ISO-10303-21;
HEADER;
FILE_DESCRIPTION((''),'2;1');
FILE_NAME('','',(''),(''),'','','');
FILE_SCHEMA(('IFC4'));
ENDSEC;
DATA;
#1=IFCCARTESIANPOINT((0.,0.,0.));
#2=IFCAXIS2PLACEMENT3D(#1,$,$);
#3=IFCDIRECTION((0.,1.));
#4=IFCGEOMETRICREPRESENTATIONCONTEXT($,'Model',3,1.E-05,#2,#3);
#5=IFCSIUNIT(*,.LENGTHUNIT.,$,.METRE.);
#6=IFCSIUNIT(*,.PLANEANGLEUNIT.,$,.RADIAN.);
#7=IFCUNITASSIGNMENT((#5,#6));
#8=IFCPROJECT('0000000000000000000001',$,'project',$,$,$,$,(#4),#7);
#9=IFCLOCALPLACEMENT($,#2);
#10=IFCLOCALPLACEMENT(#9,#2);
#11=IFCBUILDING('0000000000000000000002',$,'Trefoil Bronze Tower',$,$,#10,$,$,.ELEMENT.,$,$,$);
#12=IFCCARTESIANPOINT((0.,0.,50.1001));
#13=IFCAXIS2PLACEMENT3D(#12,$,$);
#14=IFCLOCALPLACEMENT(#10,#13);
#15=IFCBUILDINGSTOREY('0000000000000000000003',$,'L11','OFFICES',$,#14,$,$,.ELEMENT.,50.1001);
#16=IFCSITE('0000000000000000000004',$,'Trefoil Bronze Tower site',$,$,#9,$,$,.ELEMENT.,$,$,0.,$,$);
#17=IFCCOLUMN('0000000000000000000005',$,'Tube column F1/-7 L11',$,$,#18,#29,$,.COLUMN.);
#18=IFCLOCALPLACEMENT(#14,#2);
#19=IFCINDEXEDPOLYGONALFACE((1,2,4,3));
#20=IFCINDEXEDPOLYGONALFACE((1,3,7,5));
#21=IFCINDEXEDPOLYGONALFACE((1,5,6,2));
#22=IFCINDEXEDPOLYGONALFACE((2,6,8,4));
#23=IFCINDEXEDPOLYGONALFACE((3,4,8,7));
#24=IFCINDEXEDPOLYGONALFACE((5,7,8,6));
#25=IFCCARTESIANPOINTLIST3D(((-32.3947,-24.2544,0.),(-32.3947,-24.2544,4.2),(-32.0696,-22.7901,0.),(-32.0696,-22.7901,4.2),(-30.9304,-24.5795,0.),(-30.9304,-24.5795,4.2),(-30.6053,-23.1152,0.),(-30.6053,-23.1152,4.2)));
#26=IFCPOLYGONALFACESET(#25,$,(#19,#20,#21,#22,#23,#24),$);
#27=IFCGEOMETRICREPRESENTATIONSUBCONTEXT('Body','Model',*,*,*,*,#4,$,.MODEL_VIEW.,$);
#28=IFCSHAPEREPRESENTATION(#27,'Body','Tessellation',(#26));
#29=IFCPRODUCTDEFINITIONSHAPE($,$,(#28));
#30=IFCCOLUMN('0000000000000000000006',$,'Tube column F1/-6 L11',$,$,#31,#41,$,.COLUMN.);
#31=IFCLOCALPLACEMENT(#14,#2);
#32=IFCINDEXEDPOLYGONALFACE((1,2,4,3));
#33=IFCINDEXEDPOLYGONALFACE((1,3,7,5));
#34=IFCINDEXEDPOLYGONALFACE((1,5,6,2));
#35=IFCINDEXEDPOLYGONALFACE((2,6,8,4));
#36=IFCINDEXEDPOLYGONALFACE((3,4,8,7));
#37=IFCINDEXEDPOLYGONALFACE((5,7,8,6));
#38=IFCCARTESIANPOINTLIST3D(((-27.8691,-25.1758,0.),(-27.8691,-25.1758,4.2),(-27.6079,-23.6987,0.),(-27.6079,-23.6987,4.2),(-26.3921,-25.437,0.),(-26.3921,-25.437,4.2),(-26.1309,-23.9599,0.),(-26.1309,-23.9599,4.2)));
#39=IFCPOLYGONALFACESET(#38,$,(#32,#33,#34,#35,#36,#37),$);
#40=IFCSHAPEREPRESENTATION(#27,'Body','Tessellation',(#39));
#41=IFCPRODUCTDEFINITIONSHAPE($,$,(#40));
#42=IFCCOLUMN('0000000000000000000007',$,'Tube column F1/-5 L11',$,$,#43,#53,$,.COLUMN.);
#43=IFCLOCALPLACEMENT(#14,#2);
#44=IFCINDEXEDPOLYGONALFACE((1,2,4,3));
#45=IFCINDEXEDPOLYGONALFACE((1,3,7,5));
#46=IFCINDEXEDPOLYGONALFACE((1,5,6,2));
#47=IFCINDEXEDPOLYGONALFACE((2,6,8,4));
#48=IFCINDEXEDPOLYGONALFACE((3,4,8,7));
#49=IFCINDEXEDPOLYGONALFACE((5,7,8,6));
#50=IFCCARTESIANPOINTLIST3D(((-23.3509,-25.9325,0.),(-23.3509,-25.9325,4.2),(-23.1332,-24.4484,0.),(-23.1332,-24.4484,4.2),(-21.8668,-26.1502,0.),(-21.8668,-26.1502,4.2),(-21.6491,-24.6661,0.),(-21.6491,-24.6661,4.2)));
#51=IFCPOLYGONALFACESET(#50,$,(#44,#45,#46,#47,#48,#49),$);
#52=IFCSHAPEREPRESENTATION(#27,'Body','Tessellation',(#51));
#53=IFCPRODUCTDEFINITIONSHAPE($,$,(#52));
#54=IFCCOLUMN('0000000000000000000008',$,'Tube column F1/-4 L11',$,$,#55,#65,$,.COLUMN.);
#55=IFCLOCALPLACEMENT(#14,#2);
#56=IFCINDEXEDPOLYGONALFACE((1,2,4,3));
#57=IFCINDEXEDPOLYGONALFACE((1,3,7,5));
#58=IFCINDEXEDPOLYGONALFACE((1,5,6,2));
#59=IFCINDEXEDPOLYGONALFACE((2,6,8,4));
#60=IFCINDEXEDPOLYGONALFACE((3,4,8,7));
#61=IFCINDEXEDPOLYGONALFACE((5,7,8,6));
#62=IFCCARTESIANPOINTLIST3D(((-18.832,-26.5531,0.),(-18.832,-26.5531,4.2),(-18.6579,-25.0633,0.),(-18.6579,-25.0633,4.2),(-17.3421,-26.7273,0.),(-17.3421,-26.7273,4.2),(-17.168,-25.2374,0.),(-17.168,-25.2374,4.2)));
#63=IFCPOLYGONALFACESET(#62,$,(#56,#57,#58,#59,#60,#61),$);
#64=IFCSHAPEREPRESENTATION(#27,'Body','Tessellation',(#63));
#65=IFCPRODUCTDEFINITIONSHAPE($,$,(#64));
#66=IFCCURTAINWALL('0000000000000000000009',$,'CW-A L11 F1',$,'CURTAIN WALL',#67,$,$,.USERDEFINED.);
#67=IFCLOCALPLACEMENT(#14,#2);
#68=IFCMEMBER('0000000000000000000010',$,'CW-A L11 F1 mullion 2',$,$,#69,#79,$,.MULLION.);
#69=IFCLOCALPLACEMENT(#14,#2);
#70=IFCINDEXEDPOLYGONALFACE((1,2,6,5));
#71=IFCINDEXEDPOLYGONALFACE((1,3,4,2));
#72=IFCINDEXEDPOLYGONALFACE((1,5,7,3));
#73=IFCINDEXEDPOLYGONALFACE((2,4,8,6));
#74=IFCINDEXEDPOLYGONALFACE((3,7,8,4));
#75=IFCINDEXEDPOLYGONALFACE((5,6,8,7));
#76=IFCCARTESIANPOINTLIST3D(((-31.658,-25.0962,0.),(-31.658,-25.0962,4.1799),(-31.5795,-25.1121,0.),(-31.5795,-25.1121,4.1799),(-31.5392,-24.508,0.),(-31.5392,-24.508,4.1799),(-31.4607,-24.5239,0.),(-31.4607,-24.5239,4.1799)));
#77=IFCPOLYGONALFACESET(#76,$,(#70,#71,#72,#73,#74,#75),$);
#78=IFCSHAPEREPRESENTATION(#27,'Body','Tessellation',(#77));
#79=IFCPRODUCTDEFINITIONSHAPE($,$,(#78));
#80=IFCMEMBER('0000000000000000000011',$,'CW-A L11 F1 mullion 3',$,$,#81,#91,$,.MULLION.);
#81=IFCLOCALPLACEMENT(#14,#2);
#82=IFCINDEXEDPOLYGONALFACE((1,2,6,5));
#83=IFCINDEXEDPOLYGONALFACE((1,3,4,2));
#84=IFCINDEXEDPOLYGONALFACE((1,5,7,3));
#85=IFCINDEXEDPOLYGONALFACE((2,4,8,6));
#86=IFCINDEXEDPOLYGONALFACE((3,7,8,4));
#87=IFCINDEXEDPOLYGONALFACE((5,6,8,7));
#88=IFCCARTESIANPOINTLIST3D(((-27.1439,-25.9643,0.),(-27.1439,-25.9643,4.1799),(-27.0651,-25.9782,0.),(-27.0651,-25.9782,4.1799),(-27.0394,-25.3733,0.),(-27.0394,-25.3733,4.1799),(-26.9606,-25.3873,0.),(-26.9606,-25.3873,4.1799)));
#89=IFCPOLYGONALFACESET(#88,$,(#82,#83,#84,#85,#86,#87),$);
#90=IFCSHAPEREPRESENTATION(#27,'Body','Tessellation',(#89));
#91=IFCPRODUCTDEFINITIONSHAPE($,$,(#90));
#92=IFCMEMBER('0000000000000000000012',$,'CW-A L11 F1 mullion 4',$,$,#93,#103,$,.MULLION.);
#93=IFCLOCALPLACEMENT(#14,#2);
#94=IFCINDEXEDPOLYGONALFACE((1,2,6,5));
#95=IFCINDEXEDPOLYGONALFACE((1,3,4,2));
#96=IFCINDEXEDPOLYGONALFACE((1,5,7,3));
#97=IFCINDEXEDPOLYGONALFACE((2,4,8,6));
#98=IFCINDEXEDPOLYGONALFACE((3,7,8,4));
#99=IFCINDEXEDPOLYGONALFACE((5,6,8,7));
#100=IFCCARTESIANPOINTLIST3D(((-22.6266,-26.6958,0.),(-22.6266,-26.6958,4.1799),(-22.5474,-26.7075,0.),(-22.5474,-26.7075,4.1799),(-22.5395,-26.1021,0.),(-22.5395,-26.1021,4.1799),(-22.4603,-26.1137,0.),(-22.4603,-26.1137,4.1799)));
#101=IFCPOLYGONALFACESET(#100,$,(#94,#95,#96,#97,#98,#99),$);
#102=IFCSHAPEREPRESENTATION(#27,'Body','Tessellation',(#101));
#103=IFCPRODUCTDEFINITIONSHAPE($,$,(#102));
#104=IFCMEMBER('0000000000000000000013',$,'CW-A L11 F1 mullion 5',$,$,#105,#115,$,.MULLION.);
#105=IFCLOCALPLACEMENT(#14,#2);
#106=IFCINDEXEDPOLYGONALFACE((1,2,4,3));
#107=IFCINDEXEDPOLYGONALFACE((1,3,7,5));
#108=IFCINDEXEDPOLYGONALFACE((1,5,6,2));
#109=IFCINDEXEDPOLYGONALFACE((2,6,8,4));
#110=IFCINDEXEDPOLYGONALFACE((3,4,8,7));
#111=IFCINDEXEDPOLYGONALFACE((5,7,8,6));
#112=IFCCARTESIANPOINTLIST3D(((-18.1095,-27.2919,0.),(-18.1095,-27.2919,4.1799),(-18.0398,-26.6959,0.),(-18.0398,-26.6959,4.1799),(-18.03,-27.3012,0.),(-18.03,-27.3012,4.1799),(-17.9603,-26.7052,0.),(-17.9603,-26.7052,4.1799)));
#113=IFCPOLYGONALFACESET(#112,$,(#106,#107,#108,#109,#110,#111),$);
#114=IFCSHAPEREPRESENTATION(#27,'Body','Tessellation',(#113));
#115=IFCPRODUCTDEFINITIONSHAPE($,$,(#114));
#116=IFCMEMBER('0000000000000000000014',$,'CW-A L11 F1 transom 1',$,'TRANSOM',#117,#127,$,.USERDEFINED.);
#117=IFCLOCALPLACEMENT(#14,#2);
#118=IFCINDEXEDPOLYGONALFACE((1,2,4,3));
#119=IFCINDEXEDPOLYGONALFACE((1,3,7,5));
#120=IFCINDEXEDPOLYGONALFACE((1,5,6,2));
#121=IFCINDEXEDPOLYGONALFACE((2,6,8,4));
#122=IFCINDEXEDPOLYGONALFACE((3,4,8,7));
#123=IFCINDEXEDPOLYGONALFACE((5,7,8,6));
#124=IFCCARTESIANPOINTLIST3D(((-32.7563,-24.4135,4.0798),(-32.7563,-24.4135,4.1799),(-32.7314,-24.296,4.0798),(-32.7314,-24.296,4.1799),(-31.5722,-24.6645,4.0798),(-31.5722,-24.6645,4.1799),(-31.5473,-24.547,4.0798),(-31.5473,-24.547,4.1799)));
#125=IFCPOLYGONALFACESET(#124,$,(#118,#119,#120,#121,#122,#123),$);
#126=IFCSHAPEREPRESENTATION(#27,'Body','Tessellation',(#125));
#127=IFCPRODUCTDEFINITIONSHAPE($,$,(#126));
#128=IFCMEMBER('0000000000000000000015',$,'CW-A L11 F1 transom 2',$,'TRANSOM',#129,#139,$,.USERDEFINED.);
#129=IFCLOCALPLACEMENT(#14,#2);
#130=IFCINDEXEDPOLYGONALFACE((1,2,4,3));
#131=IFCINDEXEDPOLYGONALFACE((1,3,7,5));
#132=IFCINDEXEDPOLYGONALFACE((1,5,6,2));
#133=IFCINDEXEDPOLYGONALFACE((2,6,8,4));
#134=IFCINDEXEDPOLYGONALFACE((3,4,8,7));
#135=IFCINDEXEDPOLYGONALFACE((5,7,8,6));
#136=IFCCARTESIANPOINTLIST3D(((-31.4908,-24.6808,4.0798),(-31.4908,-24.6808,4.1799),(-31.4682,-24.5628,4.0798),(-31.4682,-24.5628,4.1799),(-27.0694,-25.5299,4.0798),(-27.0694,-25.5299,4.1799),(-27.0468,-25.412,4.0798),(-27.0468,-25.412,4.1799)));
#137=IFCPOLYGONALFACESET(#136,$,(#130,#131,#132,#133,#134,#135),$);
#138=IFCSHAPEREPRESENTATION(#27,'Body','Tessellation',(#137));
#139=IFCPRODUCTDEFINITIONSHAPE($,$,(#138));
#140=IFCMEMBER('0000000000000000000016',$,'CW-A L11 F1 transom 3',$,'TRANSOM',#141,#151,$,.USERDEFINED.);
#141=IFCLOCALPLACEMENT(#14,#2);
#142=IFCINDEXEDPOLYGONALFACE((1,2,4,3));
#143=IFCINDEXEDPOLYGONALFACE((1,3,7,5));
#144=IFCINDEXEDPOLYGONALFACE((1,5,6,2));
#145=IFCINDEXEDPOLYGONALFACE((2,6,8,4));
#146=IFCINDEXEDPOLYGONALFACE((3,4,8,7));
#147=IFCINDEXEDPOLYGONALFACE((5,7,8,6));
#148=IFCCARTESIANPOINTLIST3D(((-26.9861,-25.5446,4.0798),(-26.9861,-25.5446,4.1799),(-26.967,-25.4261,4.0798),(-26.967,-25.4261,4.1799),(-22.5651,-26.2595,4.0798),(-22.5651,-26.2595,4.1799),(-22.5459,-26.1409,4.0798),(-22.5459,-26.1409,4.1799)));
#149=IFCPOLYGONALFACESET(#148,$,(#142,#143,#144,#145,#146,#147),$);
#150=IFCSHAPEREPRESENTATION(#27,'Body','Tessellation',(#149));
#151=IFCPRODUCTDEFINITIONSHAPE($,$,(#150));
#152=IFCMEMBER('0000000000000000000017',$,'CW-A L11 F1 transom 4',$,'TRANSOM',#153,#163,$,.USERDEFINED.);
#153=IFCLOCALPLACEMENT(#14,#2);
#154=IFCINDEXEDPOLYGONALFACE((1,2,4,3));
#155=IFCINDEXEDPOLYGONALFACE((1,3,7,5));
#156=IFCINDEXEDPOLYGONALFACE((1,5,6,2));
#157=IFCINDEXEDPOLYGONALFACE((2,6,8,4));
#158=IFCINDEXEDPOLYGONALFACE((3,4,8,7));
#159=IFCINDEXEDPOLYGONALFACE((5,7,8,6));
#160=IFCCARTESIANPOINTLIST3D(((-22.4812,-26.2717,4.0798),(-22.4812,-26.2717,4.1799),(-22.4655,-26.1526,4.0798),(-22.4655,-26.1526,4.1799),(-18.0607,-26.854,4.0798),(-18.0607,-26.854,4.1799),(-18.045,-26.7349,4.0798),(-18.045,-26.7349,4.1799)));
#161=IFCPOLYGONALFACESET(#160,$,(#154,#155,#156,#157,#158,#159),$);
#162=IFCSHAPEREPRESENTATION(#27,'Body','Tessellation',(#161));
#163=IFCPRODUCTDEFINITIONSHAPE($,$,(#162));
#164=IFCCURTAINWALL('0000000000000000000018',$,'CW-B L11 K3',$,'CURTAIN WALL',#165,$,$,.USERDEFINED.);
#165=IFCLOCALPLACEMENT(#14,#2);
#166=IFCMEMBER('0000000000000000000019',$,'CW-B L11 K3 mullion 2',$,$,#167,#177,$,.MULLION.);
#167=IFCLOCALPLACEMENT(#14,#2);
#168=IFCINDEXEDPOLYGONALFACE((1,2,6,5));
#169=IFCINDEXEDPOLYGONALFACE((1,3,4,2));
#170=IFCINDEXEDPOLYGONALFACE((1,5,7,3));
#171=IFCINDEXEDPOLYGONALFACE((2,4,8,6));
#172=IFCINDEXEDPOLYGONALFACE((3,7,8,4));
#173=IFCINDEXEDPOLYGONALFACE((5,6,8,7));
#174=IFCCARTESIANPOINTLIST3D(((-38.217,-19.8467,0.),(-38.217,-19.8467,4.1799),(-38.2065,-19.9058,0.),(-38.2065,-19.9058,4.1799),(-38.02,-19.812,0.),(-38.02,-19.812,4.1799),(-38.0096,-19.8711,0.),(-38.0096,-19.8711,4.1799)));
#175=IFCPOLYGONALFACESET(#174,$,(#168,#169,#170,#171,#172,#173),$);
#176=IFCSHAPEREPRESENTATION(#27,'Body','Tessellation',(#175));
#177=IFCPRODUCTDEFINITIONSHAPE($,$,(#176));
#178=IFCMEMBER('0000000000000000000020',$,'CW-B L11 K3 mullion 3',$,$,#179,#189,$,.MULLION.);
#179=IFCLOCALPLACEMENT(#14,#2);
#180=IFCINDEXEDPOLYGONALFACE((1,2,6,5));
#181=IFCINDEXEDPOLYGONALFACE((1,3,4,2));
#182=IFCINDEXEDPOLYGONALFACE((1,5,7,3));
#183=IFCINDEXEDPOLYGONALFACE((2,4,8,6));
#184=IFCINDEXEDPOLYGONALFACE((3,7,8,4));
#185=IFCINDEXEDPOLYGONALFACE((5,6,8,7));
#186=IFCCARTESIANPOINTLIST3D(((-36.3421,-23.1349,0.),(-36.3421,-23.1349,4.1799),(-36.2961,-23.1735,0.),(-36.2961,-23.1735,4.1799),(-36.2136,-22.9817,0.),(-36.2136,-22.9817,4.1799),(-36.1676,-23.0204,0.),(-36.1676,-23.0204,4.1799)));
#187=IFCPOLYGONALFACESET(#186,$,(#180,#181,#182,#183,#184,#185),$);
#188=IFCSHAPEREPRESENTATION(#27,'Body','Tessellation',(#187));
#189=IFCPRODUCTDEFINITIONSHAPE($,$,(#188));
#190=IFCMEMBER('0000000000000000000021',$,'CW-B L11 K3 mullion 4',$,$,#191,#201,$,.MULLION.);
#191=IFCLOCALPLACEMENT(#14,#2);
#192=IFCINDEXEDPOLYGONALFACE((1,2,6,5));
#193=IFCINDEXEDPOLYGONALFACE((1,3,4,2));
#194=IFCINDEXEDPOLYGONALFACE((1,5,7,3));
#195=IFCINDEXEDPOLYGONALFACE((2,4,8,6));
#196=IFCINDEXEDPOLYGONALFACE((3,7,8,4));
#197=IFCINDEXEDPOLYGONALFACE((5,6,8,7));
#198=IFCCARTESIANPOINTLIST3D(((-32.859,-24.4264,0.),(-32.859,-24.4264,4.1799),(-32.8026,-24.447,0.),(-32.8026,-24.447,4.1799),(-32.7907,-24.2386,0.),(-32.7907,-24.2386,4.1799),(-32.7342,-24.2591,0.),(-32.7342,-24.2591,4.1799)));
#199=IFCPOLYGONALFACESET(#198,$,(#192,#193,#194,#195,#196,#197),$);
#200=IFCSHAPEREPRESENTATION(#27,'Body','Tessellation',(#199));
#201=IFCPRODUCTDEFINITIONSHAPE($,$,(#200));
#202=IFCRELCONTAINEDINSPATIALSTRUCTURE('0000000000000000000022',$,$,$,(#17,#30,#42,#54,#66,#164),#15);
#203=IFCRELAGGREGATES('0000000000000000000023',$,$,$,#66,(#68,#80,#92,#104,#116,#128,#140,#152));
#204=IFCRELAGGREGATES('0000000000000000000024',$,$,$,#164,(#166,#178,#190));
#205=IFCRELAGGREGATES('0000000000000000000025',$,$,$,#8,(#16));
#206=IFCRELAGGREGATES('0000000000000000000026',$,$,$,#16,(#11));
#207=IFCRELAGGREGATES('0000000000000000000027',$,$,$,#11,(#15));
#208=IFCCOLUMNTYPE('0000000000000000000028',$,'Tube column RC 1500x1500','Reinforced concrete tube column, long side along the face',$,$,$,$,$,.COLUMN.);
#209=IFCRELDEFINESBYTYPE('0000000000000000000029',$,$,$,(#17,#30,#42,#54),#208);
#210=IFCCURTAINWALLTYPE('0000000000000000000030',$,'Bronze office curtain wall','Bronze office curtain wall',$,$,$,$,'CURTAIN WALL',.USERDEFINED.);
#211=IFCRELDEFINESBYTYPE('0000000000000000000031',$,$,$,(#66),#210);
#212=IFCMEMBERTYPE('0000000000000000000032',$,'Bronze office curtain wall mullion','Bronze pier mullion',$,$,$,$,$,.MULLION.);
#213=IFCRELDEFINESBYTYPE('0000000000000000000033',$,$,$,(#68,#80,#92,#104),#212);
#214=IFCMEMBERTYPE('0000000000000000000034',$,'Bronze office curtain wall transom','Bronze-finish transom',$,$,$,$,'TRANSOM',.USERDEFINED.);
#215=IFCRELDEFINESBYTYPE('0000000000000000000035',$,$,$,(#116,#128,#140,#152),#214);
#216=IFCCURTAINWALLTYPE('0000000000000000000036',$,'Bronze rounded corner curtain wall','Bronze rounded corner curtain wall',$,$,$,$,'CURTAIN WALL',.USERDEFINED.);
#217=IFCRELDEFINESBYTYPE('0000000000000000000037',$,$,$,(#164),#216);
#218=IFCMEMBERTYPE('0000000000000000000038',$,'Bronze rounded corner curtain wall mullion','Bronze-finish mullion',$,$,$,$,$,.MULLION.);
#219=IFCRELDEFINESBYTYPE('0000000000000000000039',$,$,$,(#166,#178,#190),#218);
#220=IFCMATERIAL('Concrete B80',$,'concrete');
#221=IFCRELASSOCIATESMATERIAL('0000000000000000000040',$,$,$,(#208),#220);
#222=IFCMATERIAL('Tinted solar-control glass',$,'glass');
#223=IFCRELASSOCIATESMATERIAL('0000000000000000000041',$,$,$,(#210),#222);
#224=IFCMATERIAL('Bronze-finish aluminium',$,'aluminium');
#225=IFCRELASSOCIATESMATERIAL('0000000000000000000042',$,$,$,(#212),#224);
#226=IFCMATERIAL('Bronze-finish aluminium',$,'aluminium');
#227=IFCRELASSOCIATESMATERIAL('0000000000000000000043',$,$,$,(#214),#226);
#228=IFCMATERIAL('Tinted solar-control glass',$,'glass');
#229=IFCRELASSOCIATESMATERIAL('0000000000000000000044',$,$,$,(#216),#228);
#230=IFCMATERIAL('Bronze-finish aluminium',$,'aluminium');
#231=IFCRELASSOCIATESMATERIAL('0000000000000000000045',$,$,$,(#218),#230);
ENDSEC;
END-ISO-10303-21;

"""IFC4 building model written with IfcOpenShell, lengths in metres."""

from ifc_helpers import new_model, si_unit, direction, frame, origin, origin_2d, place, context, subcontext, project, spatial, rectangle, extrude, material, material_profile, profile_set, type_object, element, aggregate, save


model = new_model("IFC4")

# Units and contexts
model_context = context("Model", 3, precision=1e-05, world=origin(), true_north=direction((0.0, 1.0)))
body_context = subcontext(model_context, "Body", "Model", "MODEL_VIEW")
ifc_project = project(units=[si_unit("LENGTHUNIT", "METRE"), si_unit("PLANEANGLEUNIT", "RADIAN")], contexts=[model_context])

# Site, building, storey
site_placement = place(None, origin())
site = spatial("IfcSite", under=ifc_project, at=site_placement, Name="Trefoil Bronze Tower site", CompositionType="ELEMENT", RefElevation=0.0)
building_placement = place(site_placement, origin())
building = spatial("IfcBuilding", under=site, at=building_placement, Name="Trefoil Bronze Tower", CompositionType="ELEMENT")
storey_placement = place(building_placement, frame((0.0, 0.0, 50.1001)))
storey = spatial("IfcBuildingStorey", under=building, at=storey_placement, Name="L11", Description="OFFICES", CompositionType="ELEMENT", Elevation=50.1001)

# Columns
ifc_material_1 = material(Name="Concrete B80", Category="concrete")
ifc_material_profile_1 = material_profile(ifc_material_1, rectangle(XDim=1.5, YDim=1.5, at=origin_2d()), Name="RC 1500x1500")
ifc_profile_set_1 = profile_set([ifc_material_profile_1], Name="Concrete B80")
column_type = type_object("IfcColumnType", Name="Tube column RC 1500x1500", Description="Reinforced concrete tube column, long side along the face", PredefinedType="COLUMN", material=ifc_profile_set_1)
for number, where, z_axis, x_axis, name in (
    (1, (-31.5, -23.6848, 0.0), (0.0, 0.0, 1.0), (0.97623, -0.216739, 0.0), "Tube column F1/-7 L11"),
    (2, (-27.0, -24.5679, 0.0), (0.0, 0.0, 1.0), (0.984722, -0.174131, 0.0), "Tube column F1/-6 L11"),
    (3, (-22.5, -25.2993, 0.0), (0.0, 0.0, 1.0), (0.989416, -0.145109, 0.0), "Tube column F1/-5 L11"),
    (4, (-18.0, -25.8953, 0.0), (0.0, 0.0, 1.0), (0.993239, -0.116087, 0.0), "Tube column F1/-4 L11"),
):
    element("IfcColumn", number, at=place(storey_placement, frame(where, z_axis=z_axis, x_axis=x_axis)), inside=storey, type_object=column_type, Name=name, PredefinedType="COLUMN", context=body_context, shape_type="SweptSolid", body=[
        extrude(rectangle(XDim=1.5, YDim=1.5, at=origin_2d()), origin(), (0.0, 0.0, 1.0), 4.2),
    ])

# Curtain walls, members
ifc_material_2 = material(Name="Tinted solar-control glass", Category="glass")
curtain_wall_type_1 = type_object("IfcCurtainWallType", Name="Bronze office curtain wall", Description="Bronze office curtain wall", ElementType="CURTAIN WALL", PredefinedType="USERDEFINED", material=ifc_material_2)
curtain_wall_1_placement = place(storey_placement, origin())
curtain_wall_1 = element("IfcCurtainWall", 5, at=curtain_wall_1_placement, inside=storey, type_object=curtain_wall_type_1, Name="CW-A L11 F1", ObjectType="CURTAIN WALL", PredefinedType="USERDEFINED")
ifc_material_3 = material(Name="Bronze-finish aluminium", Category="aluminium")
ifc_material_profile_2 = material_profile(ifc_material_3, rectangle(XDim=0.6001, YDim=0.0801, at=origin_2d()), Name="CW-A mullion")
ifc_profile_set_2 = profile_set([ifc_material_profile_2], Name="Bronze-finish aluminium")
member_type_1 = type_object("IfcMemberType", Name="Bronze office curtain wall mullion", Description="Bronze pier mullion", PredefinedType="MULLION", material=ifc_profile_set_2)
member_1_placement = place(storey_placement, frame((-31.5593, -24.8101, 0.0), z_axis=(0.0, 0.0, 1.0), x_axis=(0.19791, 0.98022, 0.0)))
member_1 = element("IfcMember", 6, at=member_1_placement, type_object=member_type_1, Name="CW-A L11 F1 mullion 2", PredefinedType="MULLION", context=body_context, shape_type="SweptSolid", body=[
    extrude(rectangle(XDim=0.6001, YDim=0.0801, at=origin_2d()), origin(), (0.0, 0.0, 1.0), 4.1799),
])
member_2_placement = place(storey_placement, frame((-27.0522, -25.6758, 0.0), z_axis=(0.0, 0.0, 1.0), x_axis=(0.174131, 0.984722, 0.0)))
member_2 = element("IfcMember", 7, at=member_2_placement, type_object=member_type_1, Name="CW-A L11 F1 mullion 3", PredefinedType="MULLION", context=body_context, shape_type="SweptSolid", body=[
    extrude(rectangle(XDim=0.6001, YDim=0.0801, at=origin_2d()), origin(), (0.0, 0.0, 1.0), 4.1799),
])
member_3_placement = place(storey_placement, frame((-22.5435, -26.4048, 0.0), z_axis=(0.0, 0.0, 1.0), x_axis=(0.145109, 0.989416, 0.0)))
member_3 = element("IfcMember", 8, at=member_3_placement, type_object=member_type_1, Name="CW-A L11 F1 mullion 4", PredefinedType="MULLION", context=body_context, shape_type="SweptSolid", body=[
    extrude(rectangle(XDim=0.6001, YDim=0.0801, at=origin_2d()), origin(), (0.0, 0.0, 1.0), 4.1799),
])
member_4_placement = place(storey_placement, frame((-18.0349, -26.9985, 0.0), z_axis=(0.0, 0.0, 1.0), x_axis=(0.116087, 0.993239, 0.0)))
member_4 = element("IfcMember", 9, at=member_4_placement, type_object=member_type_1, Name="CW-A L11 F1 mullion 5", PredefinedType="MULLION", context=body_context, shape_type="SweptSolid", body=[
    extrude(rectangle(XDim=0.6001, YDim=0.0801, at=origin_2d()), origin(), (0.0, 0.0, 1.0), 4.1799),
])
ifc_material_4 = material(Name="Bronze-finish aluminium", Category="aluminium")
ifc_material_profile_3 = material_profile(ifc_material_4, rectangle(XDim=0.1201, YDim=0.1001, at=origin_2d()), Name="CW-A transom")
ifc_profile_set_3 = profile_set([ifc_material_profile_3], Name="Bronze-finish aluminium")
member_type_2 = type_object("IfcMemberType", Name="Bronze office curtain wall transom", Description="Bronze-finish transom", ElementType="TRANSOM", PredefinedType="USERDEFINED", material=ifc_profile_set_3)
member_5_placement = place(storey_placement, frame((-32.7439, -24.3547, 4.1299), z_axis=(0.978266, -0.207352, 0.0), x_axis=(0.207352, 0.978266, 0.0)))
member_5 = element("IfcMember", 10, at=member_5_placement, type_object=member_type_2, Name="CW-A L11 F1 transom 1", ObjectType="TRANSOM", PredefinedType="USERDEFINED", context=body_context, shape_type="SweptSolid", body=[
    extrude(rectangle(XDim=0.1201, YDim=0.1001, at=origin_2d()), origin(), (0.0, 0.0, 1.0), 1.2104),
])
member_6_placement = place(storey_placement, frame((-31.4795, -24.6218, 4.1299), z_axis=(0.982054, -0.188602, 0.0), x_axis=(0.188602, 0.982054, 0.0)))
member_6 = element("IfcMember", 11, at=member_6_placement, type_object=member_type_2, Name="CW-A L11 F1 transom 2", ObjectType="TRANSOM", PredefinedType="USERDEFINED", context=body_context, shape_type="SweptSolid", body=[
    extrude(rectangle(XDim=0.1201, YDim=0.1001, at=origin_2d()), origin(), (0.0, 0.0, 1.0), 4.5022),
])
member_7_placement = place(storey_placement, frame((-26.9766, -25.4854, 4.1299), z_axis=(0.987179, -0.159615, 0.0), x_axis=(0.159615, 0.987179, 0.0)))
member_7 = element("IfcMember", 12, at=member_7_placement, type_object=member_type_2, Name="CW-A L11 F1 transom 3", ObjectType="TRANSOM", PredefinedType="USERDEFINED", context=body_context, shape_type="SweptSolid", body=[
    extrude(rectangle(XDim=0.1201, YDim=0.1001, at=origin_2d()), origin(), (0.0, 0.0, 1.0), 4.4785),
])
member_8_placement = place(storey_placement, frame((-22.4734, -26.2122, 4.1299), z_axis=(0.991437, -0.130589, 0.0), x_axis=(0.130589, 0.991437, 0.0)))
member_8 = element("IfcMember", 13, at=member_8_placement, type_object=member_type_2, Name="CW-A L11 F1 transom 4", ObjectType="TRANSOM", PredefinedType="USERDEFINED", context=body_context, shape_type="SweptSolid", body=[
    extrude(rectangle(XDim=0.1201, YDim=0.1001, at=origin_2d()), origin(), (0.0, 0.0, 1.0), 4.4587),
])
ifc_material_5 = material(Name="Tinted solar-control glass", Category="glass")
curtain_wall_type_2 = type_object("IfcCurtainWallType", Name="Bronze rounded corner curtain wall", Description="Bronze rounded corner curtain wall", ElementType="CURTAIN WALL", PredefinedType="USERDEFINED", material=ifc_material_5)
curtain_wall_2_placement = place(storey_placement, origin())
curtain_wall_2 = element("IfcCurtainWall", 14, at=curtain_wall_2_placement, inside=storey, type_object=curtain_wall_type_2, Name="CW-B L11 K3", ObjectType="CURTAIN WALL", PredefinedType="USERDEFINED")
ifc_material_6 = material(Name="Bronze-finish aluminium", Category="aluminium")
ifc_material_profile_4 = material_profile(ifc_material_6, rectangle(XDim=0.2, YDim=0.0601, at=origin_2d()), Name="CW-B mullion")
ifc_profile_set_4 = profile_set([ifc_material_profile_4], Name="Bronze-finish aluminium")
member_type_3 = type_object("IfcMemberType", Name="Bronze rounded corner curtain wall mullion", Description="Bronze-finish mullion", PredefinedType="MULLION", material=ifc_profile_set_4)
member_9_placement = place(storey_placement, frame((-38.1133, -19.8589, 0.0), z_axis=(0.0, 0.0, 1.0), x_axis=(0.984808, 0.173648, 0.0)))
member_9 = element("IfcMember", 15, at=member_9_placement, type_object=member_type_3, Name="CW-B L11 K3 mullion 2", PredefinedType="MULLION", context=body_context, shape_type="SweptSolid", body=[
    extrude(rectangle(XDim=0.2, YDim=0.0601, at=origin_2d()), origin(), (0.0, 0.0, 1.0), 4.1799),
])
member_10_placement = place(storey_placement, frame((-36.2549, -23.0776, 0.0), z_axis=(0.0, 0.0, 1.0), x_axis=(0.642788, 0.766044, 0.0)))
member_10 = element("IfcMember", 16, at=member_10_placement, type_object=member_type_3, Name="CW-B L11 K3 mullion 3", PredefinedType="MULLION", context=body_context, shape_type="SweptSolid", body=[
    extrude(rectangle(XDim=0.2, YDim=0.0601, at=origin_2d()), origin(), (0.0, 0.0, 1.0), 4.1799),
])
member_11_placement = place(storey_placement, frame((-32.7966, -24.3428, 0.0), z_axis=(0.0, 0.0, 1.0), x_axis=(0.34202, 0.939693, 0.0)))
member_11 = element("IfcMember", 17, at=member_11_placement, type_object=member_type_3, Name="CW-B L11 K3 mullion 4", PredefinedType="MULLION", context=body_context, shape_type="SweptSolid", body=[
    extrude(rectangle(XDim=0.2, YDim=0.0601, at=origin_2d()), origin(), (0.0, 0.0, 1.0), 4.1799),
])

aggregate(curtain_wall_1, [member_1, member_2, member_3, member_4, member_5, member_6, member_7, member_8])
aggregate(curtain_wall_2, [member_9, member_10, member_11])

save(model, "model.ifc")
